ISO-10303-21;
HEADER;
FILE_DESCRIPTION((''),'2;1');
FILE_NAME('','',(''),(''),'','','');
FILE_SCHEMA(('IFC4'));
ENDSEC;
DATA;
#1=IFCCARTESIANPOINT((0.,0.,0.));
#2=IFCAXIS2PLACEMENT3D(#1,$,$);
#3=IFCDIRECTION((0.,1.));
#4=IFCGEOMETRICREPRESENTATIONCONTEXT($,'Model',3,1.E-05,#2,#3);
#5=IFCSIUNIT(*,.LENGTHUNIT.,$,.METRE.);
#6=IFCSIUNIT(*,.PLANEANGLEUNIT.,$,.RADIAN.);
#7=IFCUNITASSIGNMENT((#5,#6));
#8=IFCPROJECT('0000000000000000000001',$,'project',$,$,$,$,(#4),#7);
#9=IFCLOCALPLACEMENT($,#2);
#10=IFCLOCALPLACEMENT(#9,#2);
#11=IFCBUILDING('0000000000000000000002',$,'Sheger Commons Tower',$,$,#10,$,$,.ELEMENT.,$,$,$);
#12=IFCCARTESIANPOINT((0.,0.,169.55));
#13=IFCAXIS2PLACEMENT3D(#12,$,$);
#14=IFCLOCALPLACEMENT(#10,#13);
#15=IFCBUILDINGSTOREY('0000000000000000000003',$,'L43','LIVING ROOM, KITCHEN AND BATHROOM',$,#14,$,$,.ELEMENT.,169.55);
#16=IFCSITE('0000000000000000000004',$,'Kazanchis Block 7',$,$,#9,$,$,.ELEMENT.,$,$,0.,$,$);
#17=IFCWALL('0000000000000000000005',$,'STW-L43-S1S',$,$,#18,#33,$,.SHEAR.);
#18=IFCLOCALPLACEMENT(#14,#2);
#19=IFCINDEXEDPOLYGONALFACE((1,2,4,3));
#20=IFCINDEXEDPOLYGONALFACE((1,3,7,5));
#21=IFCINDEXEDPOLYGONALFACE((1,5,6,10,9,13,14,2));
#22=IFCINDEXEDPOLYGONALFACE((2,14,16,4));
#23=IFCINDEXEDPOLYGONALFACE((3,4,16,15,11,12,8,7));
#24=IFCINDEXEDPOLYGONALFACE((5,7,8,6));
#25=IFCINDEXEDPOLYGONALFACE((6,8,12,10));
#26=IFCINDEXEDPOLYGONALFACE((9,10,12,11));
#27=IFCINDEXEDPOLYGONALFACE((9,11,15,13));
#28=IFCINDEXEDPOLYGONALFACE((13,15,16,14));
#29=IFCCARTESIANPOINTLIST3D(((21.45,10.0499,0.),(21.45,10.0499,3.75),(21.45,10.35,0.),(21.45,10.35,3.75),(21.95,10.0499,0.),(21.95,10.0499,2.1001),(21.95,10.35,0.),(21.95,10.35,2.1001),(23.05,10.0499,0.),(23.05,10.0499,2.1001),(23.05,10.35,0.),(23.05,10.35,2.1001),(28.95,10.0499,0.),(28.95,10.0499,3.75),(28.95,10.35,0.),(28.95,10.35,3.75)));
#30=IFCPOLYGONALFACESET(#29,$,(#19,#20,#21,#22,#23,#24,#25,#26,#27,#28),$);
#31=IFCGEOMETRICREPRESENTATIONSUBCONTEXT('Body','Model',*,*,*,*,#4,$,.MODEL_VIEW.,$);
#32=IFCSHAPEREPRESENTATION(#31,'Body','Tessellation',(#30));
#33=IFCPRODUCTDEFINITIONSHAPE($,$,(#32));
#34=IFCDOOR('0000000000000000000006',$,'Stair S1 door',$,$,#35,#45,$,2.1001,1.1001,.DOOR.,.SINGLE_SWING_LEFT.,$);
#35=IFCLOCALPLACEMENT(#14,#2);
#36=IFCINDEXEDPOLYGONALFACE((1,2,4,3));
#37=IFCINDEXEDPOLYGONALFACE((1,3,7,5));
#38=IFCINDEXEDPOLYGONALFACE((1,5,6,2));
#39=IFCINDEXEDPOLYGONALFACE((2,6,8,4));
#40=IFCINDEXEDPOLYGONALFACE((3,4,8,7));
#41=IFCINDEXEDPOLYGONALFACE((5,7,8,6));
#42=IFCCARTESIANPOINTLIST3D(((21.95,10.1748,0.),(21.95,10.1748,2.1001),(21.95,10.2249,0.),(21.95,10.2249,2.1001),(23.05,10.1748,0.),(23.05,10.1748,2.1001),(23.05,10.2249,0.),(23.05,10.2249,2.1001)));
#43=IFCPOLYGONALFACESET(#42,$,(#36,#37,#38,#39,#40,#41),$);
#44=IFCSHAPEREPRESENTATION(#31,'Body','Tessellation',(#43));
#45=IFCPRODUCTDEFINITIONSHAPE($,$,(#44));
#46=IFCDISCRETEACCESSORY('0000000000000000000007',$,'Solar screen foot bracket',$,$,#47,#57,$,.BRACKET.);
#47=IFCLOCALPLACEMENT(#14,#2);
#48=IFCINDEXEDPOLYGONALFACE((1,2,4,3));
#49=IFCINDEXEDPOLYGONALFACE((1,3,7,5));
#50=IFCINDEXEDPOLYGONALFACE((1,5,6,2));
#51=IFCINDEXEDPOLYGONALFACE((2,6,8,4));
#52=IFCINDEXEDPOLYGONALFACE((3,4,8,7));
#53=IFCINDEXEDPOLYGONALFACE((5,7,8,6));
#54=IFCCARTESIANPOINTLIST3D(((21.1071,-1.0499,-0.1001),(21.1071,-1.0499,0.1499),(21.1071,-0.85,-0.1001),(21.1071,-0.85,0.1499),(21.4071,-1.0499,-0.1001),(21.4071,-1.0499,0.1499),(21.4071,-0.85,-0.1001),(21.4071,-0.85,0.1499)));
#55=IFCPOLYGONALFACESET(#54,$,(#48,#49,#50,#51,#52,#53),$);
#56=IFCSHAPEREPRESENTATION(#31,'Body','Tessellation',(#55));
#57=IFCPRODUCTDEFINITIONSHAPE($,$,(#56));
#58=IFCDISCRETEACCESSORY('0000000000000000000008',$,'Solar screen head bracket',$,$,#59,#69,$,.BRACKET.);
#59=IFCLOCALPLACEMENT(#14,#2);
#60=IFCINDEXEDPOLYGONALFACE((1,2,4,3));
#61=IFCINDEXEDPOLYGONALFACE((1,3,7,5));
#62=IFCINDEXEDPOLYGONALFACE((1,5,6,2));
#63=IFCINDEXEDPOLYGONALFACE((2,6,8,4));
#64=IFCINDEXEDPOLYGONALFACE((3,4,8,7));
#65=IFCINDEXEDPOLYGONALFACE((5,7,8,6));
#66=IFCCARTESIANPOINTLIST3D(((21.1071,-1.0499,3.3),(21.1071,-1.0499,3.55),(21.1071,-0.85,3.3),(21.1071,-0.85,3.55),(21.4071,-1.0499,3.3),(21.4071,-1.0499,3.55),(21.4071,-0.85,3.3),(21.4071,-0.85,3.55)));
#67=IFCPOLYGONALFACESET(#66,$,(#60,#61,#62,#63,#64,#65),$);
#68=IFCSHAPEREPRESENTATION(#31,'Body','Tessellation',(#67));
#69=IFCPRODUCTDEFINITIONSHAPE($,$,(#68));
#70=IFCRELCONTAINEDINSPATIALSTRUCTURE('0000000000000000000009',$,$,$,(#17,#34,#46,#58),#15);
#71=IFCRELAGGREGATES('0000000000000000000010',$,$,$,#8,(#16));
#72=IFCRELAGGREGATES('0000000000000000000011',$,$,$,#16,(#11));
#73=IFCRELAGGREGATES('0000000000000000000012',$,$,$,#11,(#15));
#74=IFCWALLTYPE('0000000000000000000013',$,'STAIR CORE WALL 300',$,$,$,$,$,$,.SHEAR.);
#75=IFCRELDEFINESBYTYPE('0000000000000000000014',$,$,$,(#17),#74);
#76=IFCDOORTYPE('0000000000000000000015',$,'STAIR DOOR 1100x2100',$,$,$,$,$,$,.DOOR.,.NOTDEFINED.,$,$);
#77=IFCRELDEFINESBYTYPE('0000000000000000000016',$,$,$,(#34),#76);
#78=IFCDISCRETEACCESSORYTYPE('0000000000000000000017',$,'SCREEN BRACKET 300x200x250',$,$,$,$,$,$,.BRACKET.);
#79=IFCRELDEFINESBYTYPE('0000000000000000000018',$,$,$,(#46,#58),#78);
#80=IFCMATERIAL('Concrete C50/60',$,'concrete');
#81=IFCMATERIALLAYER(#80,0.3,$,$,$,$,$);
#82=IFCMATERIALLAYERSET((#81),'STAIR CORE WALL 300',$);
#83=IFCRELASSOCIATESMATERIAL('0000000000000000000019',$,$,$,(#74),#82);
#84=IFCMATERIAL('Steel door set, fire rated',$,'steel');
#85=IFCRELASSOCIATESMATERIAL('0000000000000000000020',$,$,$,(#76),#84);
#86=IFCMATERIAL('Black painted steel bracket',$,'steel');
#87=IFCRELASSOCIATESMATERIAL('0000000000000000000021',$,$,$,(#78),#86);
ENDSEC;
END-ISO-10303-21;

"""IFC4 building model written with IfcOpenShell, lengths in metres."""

from ifc_helpers import new_model, si_unit, direction, frame, frame_2d, origin, origin_2d, place, context, subcontext, project, spatial, rectangle, extrude, material, layer, layer_set, type_object, element, fill, save


model = new_model("IFC4")

# Units and contexts
model_context = context("Model", 3, precision=1e-05, world=origin(), true_north=direction((0.0, 1.0)))
body_context = subcontext(model_context, "Body", "Model", "MODEL_VIEW")
ifc_project = project(units=[si_unit("LENGTHUNIT", "METRE"), si_unit("PLANEANGLEUNIT", "RADIAN")], contexts=[model_context])

# Site, building, storey
site_placement = place(None, origin())
site = spatial("IfcSite", under=ifc_project, at=site_placement, Name="Kazanchis Block 7", CompositionType="ELEMENT", RefElevation=0.0)
building_placement = place(site_placement, origin())
building = spatial("IfcBuilding", under=site, at=building_placement, Name="Sheger Commons Tower", CompositionType="ELEMENT")
storey_placement = place(building_placement, frame((0.0, 0.0, 169.55)))
storey = spatial("IfcBuildingStorey", under=building, at=storey_placement, Name="L43", Description="LIVING ROOM, KITCHEN AND BATHROOM", CompositionType="ELEMENT", Elevation=169.55)

# Wall, opening, door
ifc_material_1 = material(Name="Concrete C50/60", Category="concrete")
ifc_layer_1 = layer(ifc_material_1, 0.3)
ifc_layer_set_1 = layer_set([ifc_layer_1], Name="STAIR CORE WALL 300")
wall_type_1 = type_object("IfcWallType", Name="STAIR CORE WALL 300", PredefinedType="SHEAR", material=ifc_layer_set_1)
wall_1_placement = place(storey_placement, frame((21.45, 10.2, 0.0), z_axis=(0.0, 0.0, 1.0), x_axis=(1.0, 0.0, 0.0)))
wall_1 = element("IfcWall", 1, at=wall_1_placement, inside=storey, type_object=wall_type_1, Name="STW-L43-S1S", PredefinedType="SHEAR", context=body_context, shape_type="SweptSolid", body=[
    extrude(rectangle(XDim=7.5, YDim=0.3, at=frame_2d((3.75, 0.0))), origin(), (0.0, 0.0, 1.0), 3.75),
])
opening_1_placement = place(wall_1_placement, frame((0.5, 0.0, 0.0)))
opening_1 = element("IfcOpeningElement", 2, at=opening_1_placement, cuts=wall_1, PredefinedType="OPENING", context=body_context, shape_type="SweptSolid", body=[
    extrude(rectangle(XDim=1.1001, YDim=2.1001, at=frame_2d((0.55, 1.05))), frame((0.0, 0.1599, 0.0), z_axis=(0.0, -1.0, 0.0), x_axis=(1.0, 0.0, 0.0)), (0.0, 0.0, 1.0), 0.3201),
])
ifc_material_2 = material(Name="Steel door set, fire rated", Category="steel")
door_type_1 = type_object("IfcDoorType", Name="STAIR DOOR 1100x2100", OperationType="NOTDEFINED", PredefinedType="DOOR", material=ifc_material_2)
door_1_placement = place(opening_1_placement, origin())
door_1 = element("IfcDoor", 3, at=door_1_placement, inside=storey, type_object=door_type_1, Name="Stair S1 door", OperationType="SINGLE_SWING_LEFT", OverallHeight=2.1001, OverallWidth=1.1001, PredefinedType="DOOR", context=body_context, shape_type="SweptSolid", body=[
    extrude(rectangle(XDim=1.1001, YDim=2.1001, at=frame_2d((0.55, 1.05))), frame((0.0, 0.0249, 0.0), z_axis=(0.0, -1.0, 0.0), x_axis=(1.0, 0.0, 0.0)), (0.0, 0.0, 1.0), 0.05),
])
fill(opening_1, door_1)

# Discrete accessories
ifc_material_3 = material(Name="Black painted steel bracket", Category="steel")
discrete_accessory_type = type_object("IfcDiscreteAccessoryType", Name="SCREEN BRACKET 300x200x250", PredefinedType="BRACKET", material=ifc_material_3)
for number, where, z_axis, x_axis, name in (
    (4, (21.2571, -0.95, -0.1001), (0.0, 0.0, 1.0), (1.0, 0.0, 0.0), "Solar screen foot bracket"),
    (5, (21.2571, -0.95, 3.3), (0.0, 0.0, 1.0), (1.0, 0.0, 0.0), "Solar screen head bracket"),
):
    element("IfcDiscreteAccessory", number, at=place(storey_placement, frame(where, z_axis=z_axis, x_axis=x_axis)), inside=storey, type_object=discrete_accessory_type, Name=name, PredefinedType="BRACKET", context=body_context, shape_type="SweptSolid", body=[
        extrude(rectangle(XDim=0.3, YDim=0.2, at=origin_2d()), origin(), (0.0, 0.0, 1.0), 0.25),
    ])

save(model, "model.ifc")
